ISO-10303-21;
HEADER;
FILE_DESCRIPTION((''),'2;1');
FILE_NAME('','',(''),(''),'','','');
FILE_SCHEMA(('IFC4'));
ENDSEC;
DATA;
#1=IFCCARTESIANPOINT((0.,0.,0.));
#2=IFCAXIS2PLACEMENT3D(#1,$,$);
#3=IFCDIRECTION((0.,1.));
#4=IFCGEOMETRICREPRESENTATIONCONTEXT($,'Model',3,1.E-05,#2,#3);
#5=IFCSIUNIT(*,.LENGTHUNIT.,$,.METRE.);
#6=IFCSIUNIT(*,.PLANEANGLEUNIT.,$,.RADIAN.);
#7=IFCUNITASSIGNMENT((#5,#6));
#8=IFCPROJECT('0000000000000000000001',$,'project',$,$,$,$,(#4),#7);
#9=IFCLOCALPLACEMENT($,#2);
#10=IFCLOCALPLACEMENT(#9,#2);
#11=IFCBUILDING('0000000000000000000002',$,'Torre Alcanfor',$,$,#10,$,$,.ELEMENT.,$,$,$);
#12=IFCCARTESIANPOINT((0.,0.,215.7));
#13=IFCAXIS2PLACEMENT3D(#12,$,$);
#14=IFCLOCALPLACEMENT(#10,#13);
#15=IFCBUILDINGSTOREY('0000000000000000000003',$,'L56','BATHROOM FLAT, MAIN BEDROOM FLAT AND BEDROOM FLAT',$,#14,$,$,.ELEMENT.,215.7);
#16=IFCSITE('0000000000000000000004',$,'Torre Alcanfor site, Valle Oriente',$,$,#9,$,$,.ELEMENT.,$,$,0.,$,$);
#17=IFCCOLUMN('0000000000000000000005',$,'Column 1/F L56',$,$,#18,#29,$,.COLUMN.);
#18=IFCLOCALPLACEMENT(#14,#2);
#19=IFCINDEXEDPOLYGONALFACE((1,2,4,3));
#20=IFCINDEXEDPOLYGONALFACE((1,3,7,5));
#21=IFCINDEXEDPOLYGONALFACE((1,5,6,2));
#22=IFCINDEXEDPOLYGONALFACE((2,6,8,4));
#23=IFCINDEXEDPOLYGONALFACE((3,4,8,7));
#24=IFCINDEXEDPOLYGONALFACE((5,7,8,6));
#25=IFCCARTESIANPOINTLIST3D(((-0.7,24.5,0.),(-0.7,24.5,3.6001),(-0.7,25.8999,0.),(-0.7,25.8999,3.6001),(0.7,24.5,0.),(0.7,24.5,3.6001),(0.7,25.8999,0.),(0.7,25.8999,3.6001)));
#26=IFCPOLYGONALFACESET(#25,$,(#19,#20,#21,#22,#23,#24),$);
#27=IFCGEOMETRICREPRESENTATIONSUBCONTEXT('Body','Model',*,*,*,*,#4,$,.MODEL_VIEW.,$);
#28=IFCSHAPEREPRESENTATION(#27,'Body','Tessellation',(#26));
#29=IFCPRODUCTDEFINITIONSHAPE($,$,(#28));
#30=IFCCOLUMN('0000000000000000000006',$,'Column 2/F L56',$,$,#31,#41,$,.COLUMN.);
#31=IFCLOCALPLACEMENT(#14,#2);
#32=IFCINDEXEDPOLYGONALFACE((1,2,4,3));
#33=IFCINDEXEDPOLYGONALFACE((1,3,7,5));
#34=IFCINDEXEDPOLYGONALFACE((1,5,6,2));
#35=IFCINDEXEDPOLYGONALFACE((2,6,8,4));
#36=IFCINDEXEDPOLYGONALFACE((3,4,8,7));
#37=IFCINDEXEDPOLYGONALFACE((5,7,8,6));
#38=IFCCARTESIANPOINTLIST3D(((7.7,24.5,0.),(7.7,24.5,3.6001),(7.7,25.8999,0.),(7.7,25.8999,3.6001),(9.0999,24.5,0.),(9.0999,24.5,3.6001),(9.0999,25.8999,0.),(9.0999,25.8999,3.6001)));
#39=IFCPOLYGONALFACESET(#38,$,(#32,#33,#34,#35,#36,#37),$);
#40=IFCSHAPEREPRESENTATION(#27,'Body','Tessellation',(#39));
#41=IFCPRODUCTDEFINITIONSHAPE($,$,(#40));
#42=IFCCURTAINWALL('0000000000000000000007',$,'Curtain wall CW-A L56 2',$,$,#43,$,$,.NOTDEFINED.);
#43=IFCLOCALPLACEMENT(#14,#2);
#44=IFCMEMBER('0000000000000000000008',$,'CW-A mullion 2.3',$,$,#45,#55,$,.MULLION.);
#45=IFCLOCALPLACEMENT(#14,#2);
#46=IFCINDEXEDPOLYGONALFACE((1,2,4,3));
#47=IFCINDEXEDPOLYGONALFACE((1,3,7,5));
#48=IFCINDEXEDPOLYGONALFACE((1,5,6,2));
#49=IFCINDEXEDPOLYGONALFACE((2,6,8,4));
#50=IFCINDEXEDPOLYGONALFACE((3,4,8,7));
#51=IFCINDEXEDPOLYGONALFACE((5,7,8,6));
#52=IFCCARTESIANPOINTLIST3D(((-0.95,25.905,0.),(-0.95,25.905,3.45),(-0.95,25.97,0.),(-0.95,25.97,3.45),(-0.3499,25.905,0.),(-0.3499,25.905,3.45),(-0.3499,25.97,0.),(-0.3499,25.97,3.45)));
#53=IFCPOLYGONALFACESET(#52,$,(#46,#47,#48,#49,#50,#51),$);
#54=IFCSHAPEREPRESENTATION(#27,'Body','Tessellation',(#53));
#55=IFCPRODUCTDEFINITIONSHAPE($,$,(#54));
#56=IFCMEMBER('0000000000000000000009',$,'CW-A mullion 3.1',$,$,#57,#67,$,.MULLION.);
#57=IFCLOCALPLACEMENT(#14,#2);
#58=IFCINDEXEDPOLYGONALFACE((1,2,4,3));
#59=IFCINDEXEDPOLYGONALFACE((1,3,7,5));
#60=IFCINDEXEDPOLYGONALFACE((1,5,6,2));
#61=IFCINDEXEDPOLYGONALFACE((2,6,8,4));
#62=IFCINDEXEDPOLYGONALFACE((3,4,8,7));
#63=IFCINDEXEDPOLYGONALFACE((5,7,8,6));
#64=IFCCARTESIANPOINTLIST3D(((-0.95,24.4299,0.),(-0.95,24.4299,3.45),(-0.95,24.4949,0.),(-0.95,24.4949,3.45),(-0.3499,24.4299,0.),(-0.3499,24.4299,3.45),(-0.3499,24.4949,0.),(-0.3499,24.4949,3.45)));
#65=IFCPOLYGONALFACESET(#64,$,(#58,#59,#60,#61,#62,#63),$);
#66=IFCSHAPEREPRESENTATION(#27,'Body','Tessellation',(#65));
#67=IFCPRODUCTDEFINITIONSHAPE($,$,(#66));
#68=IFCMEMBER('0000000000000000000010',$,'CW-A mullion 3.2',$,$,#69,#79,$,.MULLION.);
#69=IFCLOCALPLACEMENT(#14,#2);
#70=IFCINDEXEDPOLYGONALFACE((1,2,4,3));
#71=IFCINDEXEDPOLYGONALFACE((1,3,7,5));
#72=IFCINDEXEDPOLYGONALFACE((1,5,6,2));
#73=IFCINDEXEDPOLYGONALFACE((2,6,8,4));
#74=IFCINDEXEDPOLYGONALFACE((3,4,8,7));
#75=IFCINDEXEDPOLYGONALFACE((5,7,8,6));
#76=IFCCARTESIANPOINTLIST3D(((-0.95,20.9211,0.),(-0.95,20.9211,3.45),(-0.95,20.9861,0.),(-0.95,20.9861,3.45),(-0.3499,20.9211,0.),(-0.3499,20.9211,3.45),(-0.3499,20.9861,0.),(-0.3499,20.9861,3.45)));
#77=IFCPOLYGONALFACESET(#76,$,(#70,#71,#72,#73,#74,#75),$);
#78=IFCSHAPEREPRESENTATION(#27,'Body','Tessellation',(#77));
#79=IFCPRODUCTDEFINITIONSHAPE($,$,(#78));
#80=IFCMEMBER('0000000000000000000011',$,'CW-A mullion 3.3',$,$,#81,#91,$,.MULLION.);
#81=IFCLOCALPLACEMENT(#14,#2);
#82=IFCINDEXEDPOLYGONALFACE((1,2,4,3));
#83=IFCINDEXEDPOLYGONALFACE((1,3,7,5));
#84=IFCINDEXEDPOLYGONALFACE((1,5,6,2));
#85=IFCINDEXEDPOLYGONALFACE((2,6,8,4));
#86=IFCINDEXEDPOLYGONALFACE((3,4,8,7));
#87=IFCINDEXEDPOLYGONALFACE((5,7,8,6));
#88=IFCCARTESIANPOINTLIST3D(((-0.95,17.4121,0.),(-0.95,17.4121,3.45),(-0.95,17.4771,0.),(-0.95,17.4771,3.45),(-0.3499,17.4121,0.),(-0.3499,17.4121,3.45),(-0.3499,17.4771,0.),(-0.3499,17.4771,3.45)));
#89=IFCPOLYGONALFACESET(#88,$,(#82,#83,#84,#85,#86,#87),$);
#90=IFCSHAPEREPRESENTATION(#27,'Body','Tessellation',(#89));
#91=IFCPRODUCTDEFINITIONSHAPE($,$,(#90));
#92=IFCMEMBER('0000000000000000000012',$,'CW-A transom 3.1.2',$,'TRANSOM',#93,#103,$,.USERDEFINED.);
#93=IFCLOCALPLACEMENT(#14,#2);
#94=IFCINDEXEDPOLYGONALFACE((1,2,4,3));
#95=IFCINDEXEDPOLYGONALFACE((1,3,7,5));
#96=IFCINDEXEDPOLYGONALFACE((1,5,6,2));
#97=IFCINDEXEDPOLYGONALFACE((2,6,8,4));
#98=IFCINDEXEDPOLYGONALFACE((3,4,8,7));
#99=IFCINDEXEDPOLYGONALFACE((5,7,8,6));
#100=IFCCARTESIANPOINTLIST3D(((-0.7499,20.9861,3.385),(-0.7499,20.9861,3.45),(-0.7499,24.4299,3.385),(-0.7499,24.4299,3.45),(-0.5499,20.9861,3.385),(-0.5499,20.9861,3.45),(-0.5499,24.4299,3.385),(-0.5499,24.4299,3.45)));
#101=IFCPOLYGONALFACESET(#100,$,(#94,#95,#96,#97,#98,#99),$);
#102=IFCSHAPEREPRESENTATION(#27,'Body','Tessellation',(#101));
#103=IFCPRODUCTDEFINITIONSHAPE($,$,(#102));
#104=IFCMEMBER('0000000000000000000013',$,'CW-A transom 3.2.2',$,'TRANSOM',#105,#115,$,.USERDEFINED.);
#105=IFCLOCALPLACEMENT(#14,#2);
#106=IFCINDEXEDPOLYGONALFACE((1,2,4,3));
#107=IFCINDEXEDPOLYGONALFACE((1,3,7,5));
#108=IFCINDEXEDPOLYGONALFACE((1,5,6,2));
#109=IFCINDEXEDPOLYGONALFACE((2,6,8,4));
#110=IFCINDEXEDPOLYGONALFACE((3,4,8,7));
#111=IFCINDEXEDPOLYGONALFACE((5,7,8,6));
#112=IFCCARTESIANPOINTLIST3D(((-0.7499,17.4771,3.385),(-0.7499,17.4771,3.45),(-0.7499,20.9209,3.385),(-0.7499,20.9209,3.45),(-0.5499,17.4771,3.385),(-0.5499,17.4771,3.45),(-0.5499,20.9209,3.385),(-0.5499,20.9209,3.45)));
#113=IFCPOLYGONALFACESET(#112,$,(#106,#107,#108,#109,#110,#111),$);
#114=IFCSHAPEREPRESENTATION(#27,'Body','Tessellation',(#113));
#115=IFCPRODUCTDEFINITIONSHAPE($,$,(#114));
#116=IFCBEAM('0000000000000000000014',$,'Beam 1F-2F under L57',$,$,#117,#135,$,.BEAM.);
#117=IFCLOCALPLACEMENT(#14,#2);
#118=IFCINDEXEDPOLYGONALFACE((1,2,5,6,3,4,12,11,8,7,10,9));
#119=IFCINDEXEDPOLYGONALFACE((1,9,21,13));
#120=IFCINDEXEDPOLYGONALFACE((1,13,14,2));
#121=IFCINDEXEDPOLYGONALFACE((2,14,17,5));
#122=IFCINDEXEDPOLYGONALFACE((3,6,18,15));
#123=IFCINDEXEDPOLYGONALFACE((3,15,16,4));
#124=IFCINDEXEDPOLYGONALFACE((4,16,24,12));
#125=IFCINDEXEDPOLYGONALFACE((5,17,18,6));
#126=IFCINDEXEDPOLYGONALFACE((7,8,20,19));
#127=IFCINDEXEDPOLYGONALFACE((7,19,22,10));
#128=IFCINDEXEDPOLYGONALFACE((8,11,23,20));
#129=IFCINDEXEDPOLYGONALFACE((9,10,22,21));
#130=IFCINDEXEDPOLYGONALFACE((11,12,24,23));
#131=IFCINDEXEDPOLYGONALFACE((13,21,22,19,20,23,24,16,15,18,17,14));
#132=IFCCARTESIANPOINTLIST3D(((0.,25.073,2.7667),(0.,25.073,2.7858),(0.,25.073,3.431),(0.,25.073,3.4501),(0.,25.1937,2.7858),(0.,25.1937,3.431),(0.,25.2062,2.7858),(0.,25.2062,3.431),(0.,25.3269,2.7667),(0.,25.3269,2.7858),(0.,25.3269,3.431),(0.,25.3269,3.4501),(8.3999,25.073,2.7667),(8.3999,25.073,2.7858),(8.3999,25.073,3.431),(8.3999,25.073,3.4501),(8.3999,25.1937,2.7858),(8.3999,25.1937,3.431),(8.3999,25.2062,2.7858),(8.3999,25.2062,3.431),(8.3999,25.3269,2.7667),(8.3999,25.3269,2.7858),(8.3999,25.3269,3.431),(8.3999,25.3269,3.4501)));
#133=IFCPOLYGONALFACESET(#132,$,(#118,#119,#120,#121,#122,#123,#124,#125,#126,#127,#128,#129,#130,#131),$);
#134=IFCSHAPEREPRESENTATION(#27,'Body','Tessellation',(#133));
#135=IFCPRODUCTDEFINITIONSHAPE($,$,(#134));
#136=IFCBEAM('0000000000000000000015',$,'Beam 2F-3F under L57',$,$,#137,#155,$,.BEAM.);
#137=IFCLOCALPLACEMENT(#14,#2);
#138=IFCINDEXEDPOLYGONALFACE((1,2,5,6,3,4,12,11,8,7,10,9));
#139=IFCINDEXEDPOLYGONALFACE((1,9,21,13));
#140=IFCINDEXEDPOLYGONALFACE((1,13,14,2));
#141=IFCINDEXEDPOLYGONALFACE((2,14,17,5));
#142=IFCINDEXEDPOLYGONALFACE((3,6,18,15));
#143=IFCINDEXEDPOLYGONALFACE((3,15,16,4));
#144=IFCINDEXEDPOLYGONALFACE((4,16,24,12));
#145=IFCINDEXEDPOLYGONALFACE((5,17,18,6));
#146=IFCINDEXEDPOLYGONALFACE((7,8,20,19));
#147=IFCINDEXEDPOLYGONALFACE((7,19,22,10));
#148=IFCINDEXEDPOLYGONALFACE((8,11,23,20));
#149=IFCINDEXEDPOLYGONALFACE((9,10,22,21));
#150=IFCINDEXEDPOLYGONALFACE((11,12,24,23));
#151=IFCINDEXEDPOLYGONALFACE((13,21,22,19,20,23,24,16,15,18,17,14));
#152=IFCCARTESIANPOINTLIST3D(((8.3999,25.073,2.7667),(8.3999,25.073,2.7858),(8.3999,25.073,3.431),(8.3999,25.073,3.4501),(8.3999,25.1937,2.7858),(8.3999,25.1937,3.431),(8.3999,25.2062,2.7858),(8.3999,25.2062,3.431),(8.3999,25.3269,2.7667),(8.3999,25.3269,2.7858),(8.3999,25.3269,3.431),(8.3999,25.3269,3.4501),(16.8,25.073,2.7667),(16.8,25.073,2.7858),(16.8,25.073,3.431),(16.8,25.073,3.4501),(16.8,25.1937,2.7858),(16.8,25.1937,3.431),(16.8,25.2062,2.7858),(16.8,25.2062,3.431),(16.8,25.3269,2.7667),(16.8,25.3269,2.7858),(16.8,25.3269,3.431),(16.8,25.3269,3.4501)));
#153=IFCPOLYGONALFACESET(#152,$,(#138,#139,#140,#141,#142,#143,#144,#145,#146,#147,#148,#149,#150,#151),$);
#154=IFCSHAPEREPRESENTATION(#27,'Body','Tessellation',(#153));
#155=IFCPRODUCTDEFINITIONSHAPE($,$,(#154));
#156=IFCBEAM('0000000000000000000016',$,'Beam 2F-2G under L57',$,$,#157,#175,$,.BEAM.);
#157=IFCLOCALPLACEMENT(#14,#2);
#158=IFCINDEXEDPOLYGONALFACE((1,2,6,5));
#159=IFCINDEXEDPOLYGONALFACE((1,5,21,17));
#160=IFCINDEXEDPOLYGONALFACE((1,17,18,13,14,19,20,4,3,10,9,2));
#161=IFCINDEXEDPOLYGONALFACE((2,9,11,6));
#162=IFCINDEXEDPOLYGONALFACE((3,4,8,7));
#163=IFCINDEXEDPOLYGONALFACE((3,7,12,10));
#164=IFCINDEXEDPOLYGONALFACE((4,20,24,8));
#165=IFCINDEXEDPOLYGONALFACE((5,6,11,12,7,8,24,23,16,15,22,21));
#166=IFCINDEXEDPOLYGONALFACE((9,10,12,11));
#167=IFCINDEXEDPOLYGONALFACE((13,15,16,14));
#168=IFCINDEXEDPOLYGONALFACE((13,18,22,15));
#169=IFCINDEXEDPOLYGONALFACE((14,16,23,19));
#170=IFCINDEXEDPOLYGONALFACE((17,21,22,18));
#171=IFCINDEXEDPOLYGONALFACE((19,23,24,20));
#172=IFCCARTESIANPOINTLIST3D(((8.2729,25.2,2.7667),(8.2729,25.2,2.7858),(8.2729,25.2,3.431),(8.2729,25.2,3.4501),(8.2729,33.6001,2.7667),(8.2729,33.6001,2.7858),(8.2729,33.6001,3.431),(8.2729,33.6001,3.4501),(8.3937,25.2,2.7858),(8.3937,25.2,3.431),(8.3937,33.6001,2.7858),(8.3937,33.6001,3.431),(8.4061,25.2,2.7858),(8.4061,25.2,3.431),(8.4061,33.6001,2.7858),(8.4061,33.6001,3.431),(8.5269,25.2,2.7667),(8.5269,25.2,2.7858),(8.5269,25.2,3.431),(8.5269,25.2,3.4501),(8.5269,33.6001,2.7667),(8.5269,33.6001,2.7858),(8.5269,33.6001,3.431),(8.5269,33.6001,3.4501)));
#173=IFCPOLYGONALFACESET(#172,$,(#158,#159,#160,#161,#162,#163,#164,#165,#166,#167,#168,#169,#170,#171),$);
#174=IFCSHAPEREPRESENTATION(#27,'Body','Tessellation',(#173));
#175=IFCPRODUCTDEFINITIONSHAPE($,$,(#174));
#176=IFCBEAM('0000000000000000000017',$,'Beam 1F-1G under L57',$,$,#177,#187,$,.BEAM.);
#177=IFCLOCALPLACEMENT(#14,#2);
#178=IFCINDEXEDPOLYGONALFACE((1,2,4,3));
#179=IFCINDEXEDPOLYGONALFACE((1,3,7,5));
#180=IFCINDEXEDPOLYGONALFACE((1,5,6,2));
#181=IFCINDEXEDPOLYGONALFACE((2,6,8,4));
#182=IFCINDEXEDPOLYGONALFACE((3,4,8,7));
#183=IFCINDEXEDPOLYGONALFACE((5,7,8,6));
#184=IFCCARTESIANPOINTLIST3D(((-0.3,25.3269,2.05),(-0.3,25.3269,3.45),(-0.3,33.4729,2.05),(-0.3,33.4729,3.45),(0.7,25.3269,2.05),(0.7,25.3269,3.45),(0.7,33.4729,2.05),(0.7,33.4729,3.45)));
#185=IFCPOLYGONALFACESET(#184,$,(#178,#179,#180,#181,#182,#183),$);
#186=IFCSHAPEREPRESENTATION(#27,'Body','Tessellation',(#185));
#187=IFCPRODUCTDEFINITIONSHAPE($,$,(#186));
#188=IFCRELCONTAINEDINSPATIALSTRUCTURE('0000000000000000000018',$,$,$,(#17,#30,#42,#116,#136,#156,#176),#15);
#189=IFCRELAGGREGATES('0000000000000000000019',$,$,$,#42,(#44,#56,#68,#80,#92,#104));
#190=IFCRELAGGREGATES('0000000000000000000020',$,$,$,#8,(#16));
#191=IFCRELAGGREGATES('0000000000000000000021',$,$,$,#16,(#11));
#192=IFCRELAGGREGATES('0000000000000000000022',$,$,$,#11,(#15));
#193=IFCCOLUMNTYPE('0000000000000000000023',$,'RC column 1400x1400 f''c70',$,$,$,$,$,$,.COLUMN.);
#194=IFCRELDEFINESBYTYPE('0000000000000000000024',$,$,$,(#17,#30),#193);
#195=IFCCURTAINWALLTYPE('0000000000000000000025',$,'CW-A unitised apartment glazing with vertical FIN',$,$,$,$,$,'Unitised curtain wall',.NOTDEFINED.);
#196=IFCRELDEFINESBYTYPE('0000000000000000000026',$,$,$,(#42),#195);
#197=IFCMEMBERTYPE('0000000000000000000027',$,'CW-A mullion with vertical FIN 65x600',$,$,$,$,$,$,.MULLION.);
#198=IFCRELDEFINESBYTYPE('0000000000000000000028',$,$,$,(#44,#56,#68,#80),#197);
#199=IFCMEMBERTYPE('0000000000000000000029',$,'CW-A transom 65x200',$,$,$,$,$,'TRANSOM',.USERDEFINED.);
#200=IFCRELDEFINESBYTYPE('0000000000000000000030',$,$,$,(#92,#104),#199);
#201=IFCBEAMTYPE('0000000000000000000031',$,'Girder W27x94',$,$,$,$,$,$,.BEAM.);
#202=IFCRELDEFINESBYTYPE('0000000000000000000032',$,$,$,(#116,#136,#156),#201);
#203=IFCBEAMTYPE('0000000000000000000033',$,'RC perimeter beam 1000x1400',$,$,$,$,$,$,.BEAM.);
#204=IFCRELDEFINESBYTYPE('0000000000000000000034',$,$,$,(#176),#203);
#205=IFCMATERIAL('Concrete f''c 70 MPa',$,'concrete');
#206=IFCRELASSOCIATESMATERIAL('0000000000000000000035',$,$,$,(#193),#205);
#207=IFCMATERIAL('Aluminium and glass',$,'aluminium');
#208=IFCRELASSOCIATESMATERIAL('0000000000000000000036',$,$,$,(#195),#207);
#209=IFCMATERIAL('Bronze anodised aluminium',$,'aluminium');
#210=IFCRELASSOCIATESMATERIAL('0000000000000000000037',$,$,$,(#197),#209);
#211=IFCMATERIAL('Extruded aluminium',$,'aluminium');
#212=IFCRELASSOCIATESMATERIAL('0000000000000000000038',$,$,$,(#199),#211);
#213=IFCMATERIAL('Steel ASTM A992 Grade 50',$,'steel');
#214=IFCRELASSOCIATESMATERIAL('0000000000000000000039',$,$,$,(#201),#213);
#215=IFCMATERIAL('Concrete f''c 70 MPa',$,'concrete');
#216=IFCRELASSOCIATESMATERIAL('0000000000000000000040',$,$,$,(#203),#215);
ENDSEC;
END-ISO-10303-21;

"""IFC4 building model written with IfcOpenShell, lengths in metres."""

from ifc_helpers import new_model, si_unit, direction, frame, origin, origin_2d, place, context, subcontext, project, spatial, rectangle, i_section, extrude, material, material_profile, profile_set, type_object, element, aggregate, save


model = new_model("IFC4")

# Units and contexts
model_context = context("Model", 3, precision=1e-05, world=origin(), true_north=direction((0.0, 1.0)))
body_context = subcontext(model_context, "Body", "Model", "MODEL_VIEW")
ifc_project = project(units=[si_unit("LENGTHUNIT", "METRE"), si_unit("PLANEANGLEUNIT", "RADIAN")], contexts=[model_context])

# Site, building, storey
site_placement = place(None, origin())
site = spatial("IfcSite", under=ifc_project, at=site_placement, Name="Torre Alcanfor site, Valle Oriente", CompositionType="ELEMENT", RefElevation=0.0)
building_placement = place(site_placement, origin())
building = spatial("IfcBuilding", under=site, at=building_placement, Name="Torre Alcanfor", CompositionType="ELEMENT")
storey_placement = place(building_placement, frame((0.0, 0.0, 215.7)))
storey = spatial("IfcBuildingStorey", under=building, at=storey_placement, Name="L56", Description="BATHROOM FLAT, MAIN BEDROOM FLAT AND BEDROOM FLAT", CompositionType="ELEMENT", Elevation=215.7)

# Columns
ifc_material_1 = material(Name="Concrete f'c 70 MPa", Category="concrete")
ifc_material_profile_1 = material_profile(ifc_material_1, rectangle(XDim=1.3999, YDim=1.3999, at=origin_2d()), Name="1400x1400")
ifc_profile_set_1 = profile_set([ifc_material_profile_1], Name="Concrete f'c 70 MPa")
column_type = type_object("IfcColumnType", Name="RC column 1400x1400 f'c70", PredefinedType="COLUMN", material=ifc_profile_set_1)
for number, where, z_axis, x_axis, name in (
    (1, (0.0, 25.2, 0.0), (0.0, 0.0, 1.0), (1.0, 0.0, 0.0), "Column 1/F L56"),
    (2, (8.3999, 25.2, 0.0), (0.0, 0.0, 1.0), (1.0, 0.0, 0.0), "Column 2/F L56"),
):
    element("IfcColumn", number, at=place(storey_placement, frame(where, z_axis=z_axis, x_axis=x_axis)), inside=storey, type_object=column_type, Name=name, PredefinedType="COLUMN", context=body_context, shape_type="SweptSolid", body=[
        extrude(rectangle(XDim=1.3999, YDim=1.3999, at=origin_2d()), origin(), (0.0, 0.0, 1.0), 3.6001),
    ])

# Curtain wall, members
ifc_material_2 = material(Name="Aluminium and glass", Category="aluminium")
curtain_wall_type = type_object("IfcCurtainWallType", Name="CW-A unitised apartment glazing with vertical FIN", ElementType="Unitised curtain wall", PredefinedType="NOTDEFINED", material=ifc_material_2)
curtain_wall_placement = place(storey_placement, origin())
curtain_wall = element("IfcCurtainWall", 3, at=curtain_wall_placement, inside=storey, type_object=curtain_wall_type, Name="Curtain wall CW-A L56 2", PredefinedType="NOTDEFINED")
ifc_material_3 = material(Name="Bronze anodised aluminium", Category="aluminium")
ifc_material_profile_2 = material_profile(ifc_material_3, rectangle(XDim=0.6001, YDim=0.0649, at=origin_2d()), Name="CW-A mullion 65x600")
ifc_profile_set_2 = profile_set([ifc_material_profile_2], Name="Bronze anodised aluminium")
member_type_1 = type_object("IfcMemberType", Name="CW-A mullion with vertical FIN 65x600", PredefinedType="MULLION", material=ifc_profile_set_2)
member_1_placement = place(storey_placement, frame((-0.6499, 25.9375, 0.0), z_axis=(0.0, 0.0, 1.0), x_axis=(1.0, 0.0, 0.0)))
member_1 = element("IfcMember", 4, at=member_1_placement, type_object=member_type_1, Name="CW-A mullion 2.3", PredefinedType="MULLION", context=body_context, shape_type="SweptSolid", body=[
    extrude(rectangle(XDim=0.6001, YDim=0.0649, at=origin_2d()), origin(), (0.0, 0.0, 1.0), 3.45),
])
member_2_placement = place(storey_placement, frame((-0.6499, 24.4624, 0.0), z_axis=(0.0, 0.0, 1.0), x_axis=(1.0, 0.0, 0.0)))
member_2 = element("IfcMember", 5, at=member_2_placement, type_object=member_type_1, Name="CW-A mullion 3.1", PredefinedType="MULLION", context=body_context, shape_type="SweptSolid", body=[
    extrude(rectangle(XDim=0.6001, YDim=0.0649, at=origin_2d()), origin(), (0.0, 0.0, 1.0), 3.45),
])
member_3_placement = place(storey_placement, frame((-0.6499, 20.9536, 0.0), z_axis=(0.0, 0.0, 1.0), x_axis=(1.0, 0.0, 0.0)))
member_3 = element("IfcMember", 6, at=member_3_placement, type_object=member_type_1, Name="CW-A mullion 3.2", PredefinedType="MULLION", context=body_context, shape_type="SweptSolid", body=[
    extrude(rectangle(XDim=0.6001, YDim=0.0649, at=origin_2d()), origin(), (0.0, 0.0, 1.0), 3.45),
])
member_4_placement = place(storey_placement, frame((-0.6499, 17.4446, 0.0), z_axis=(0.0, 0.0, 1.0), x_axis=(1.0, 0.0, 0.0)))
member_4 = element("IfcMember", 7, at=member_4_placement, type_object=member_type_1, Name="CW-A mullion 3.3", PredefinedType="MULLION", context=body_context, shape_type="SweptSolid", body=[
    extrude(rectangle(XDim=0.6001, YDim=0.0649, at=origin_2d()), origin(), (0.0, 0.0, 1.0), 3.45),
])
ifc_material_4 = material(Name="Extruded aluminium", Category="aluminium")
ifc_material_profile_3 = material_profile(ifc_material_4, rectangle(XDim=0.2, YDim=0.0649, at=origin_2d()), Name="CW-A transom 200x65")
ifc_profile_set_3 = profile_set([ifc_material_profile_3], Name="Extruded aluminium")
member_type_2 = type_object("IfcMemberType", Name="CW-A transom 65x200", ElementType="TRANSOM", PredefinedType="USERDEFINED", material=ifc_profile_set_3)
member_5_placement = place(storey_placement, frame((-0.6499, 24.4299, 3.4175), z_axis=(0.0, -1.0, 0.0), x_axis=(1.0, 0.0, 0.0)))
member_5 = element("IfcMember", 8, at=member_5_placement, type_object=member_type_2, Name="CW-A transom 3.1.2", ObjectType="TRANSOM", PredefinedType="USERDEFINED", context=body_context, shape_type="SweptSolid", body=[
    extrude(rectangle(XDim=0.2, YDim=0.0649, at=origin_2d()), origin(), (0.0, 0.0, 1.0), 3.4438),
])
member_6_placement = place(storey_placement, frame((-0.6499, 20.9209, 3.4175), z_axis=(0.0, -1.0, 0.0), x_axis=(1.0, 0.0, 0.0)))
member_6 = element("IfcMember", 9, at=member_6_placement, type_object=member_type_2, Name="CW-A transom 3.2.2", ObjectType="TRANSOM", PredefinedType="USERDEFINED", context=body_context, shape_type="SweptSolid", body=[
    extrude(rectangle(XDim=0.2, YDim=0.0649, at=origin_2d()), origin(), (0.0, 0.0, 1.0), 3.4438),
])

# Beams
ifc_material_5 = material(Name="Steel ASTM A992 Grade 50", Category="steel")
ifc_material_profile_4 = material_profile(ifc_material_5, i_section(OverallWidth=0.2539, OverallDepth=0.6833, WebThickness=0.0125, FlangeThickness=0.019, at=origin_2d()), Name="W27x94")
ifc_profile_set_4 = profile_set([ifc_material_profile_4], Name="Steel ASTM A992 Grade 50")
beam_type_1 = type_object("IfcBeamType", Name="Girder W27x94", PredefinedType="BEAM", material=ifc_profile_set_4)
beam_1_placement = place(storey_placement, frame((0.0, 25.2, 3.1084), z_axis=(1.0, 0.0, 0.0), x_axis=(0.0, 1.0, 0.0)))
element("IfcBeam", 10, at=beam_1_placement, inside=storey, type_object=beam_type_1, Name="Beam 1F-2F under L57", PredefinedType="BEAM", context=body_context, shape_type="SweptSolid", body=[
    extrude(i_section(OverallWidth=0.2539, OverallDepth=0.6833, WebThickness=0.0125, FlangeThickness=0.019, at=origin_2d()), origin(), (0.0, 0.0, 1.0), 8.3999),
])
for number, where, z_axis, x_axis, name in (
    (11, (8.3999, 25.2, 3.1084), (1.0, 0.0, 0.0), (0.0, 1.0, 0.0), "Beam 2F-3F under L57"),
    (12, (8.3999, 25.2, 3.1084), (0.0, 1.0, 0.0), (-1.0, 0.0, 0.0), "Beam 2F-2G under L57"),
):
    element("IfcBeam", number, at=place(storey_placement, frame(where, z_axis=z_axis, x_axis=x_axis)), inside=storey, type_object=beam_type_1, Name=name, PredefinedType="BEAM", context=body_context, shape_type="SweptSolid", body=[
        extrude(i_section(OverallWidth=0.2539, OverallDepth=0.6833, WebThickness=0.0125, FlangeThickness=0.019, at=origin_2d()), origin(), (0.0, 0.0, 1.0), 8.4001),
    ])
ifc_material_6 = material(Name="Concrete f'c 70 MPa", Category="concrete")
ifc_material_profile_5 = material_profile(ifc_material_6, rectangle(XDim=1.0, YDim=1.3999, at=origin_2d()), Name="1000x1400")
ifc_profile_set_5 = profile_set([ifc_material_profile_5], Name="Concrete f'c 70 MPa")
beam_type_2 = type_object("IfcBeamType", Name="RC perimeter beam 1000x1400", PredefinedType="BEAM", material=ifc_profile_set_5)
beam_2_placement = place(storey_placement, frame((0.2, 25.3269, 2.75), z_axis=(0.0, 1.0, 0.0), x_axis=(-1.0, 0.0, 0.0)))
element("IfcBeam", 13, at=beam_2_placement, inside=storey, type_object=beam_type_2, Name="Beam 1F-1G under L57", PredefinedType="BEAM", context=body_context, shape_type="SweptSolid", body=[
    extrude(rectangle(XDim=1.0, YDim=1.3999, at=origin_2d()), origin(), (0.0, 0.0, 1.0), 8.146),
])

aggregate(curtain_wall, [member_1, member_2, member_3, member_4, member_5, member_6])

save(model, "model.ifc")
